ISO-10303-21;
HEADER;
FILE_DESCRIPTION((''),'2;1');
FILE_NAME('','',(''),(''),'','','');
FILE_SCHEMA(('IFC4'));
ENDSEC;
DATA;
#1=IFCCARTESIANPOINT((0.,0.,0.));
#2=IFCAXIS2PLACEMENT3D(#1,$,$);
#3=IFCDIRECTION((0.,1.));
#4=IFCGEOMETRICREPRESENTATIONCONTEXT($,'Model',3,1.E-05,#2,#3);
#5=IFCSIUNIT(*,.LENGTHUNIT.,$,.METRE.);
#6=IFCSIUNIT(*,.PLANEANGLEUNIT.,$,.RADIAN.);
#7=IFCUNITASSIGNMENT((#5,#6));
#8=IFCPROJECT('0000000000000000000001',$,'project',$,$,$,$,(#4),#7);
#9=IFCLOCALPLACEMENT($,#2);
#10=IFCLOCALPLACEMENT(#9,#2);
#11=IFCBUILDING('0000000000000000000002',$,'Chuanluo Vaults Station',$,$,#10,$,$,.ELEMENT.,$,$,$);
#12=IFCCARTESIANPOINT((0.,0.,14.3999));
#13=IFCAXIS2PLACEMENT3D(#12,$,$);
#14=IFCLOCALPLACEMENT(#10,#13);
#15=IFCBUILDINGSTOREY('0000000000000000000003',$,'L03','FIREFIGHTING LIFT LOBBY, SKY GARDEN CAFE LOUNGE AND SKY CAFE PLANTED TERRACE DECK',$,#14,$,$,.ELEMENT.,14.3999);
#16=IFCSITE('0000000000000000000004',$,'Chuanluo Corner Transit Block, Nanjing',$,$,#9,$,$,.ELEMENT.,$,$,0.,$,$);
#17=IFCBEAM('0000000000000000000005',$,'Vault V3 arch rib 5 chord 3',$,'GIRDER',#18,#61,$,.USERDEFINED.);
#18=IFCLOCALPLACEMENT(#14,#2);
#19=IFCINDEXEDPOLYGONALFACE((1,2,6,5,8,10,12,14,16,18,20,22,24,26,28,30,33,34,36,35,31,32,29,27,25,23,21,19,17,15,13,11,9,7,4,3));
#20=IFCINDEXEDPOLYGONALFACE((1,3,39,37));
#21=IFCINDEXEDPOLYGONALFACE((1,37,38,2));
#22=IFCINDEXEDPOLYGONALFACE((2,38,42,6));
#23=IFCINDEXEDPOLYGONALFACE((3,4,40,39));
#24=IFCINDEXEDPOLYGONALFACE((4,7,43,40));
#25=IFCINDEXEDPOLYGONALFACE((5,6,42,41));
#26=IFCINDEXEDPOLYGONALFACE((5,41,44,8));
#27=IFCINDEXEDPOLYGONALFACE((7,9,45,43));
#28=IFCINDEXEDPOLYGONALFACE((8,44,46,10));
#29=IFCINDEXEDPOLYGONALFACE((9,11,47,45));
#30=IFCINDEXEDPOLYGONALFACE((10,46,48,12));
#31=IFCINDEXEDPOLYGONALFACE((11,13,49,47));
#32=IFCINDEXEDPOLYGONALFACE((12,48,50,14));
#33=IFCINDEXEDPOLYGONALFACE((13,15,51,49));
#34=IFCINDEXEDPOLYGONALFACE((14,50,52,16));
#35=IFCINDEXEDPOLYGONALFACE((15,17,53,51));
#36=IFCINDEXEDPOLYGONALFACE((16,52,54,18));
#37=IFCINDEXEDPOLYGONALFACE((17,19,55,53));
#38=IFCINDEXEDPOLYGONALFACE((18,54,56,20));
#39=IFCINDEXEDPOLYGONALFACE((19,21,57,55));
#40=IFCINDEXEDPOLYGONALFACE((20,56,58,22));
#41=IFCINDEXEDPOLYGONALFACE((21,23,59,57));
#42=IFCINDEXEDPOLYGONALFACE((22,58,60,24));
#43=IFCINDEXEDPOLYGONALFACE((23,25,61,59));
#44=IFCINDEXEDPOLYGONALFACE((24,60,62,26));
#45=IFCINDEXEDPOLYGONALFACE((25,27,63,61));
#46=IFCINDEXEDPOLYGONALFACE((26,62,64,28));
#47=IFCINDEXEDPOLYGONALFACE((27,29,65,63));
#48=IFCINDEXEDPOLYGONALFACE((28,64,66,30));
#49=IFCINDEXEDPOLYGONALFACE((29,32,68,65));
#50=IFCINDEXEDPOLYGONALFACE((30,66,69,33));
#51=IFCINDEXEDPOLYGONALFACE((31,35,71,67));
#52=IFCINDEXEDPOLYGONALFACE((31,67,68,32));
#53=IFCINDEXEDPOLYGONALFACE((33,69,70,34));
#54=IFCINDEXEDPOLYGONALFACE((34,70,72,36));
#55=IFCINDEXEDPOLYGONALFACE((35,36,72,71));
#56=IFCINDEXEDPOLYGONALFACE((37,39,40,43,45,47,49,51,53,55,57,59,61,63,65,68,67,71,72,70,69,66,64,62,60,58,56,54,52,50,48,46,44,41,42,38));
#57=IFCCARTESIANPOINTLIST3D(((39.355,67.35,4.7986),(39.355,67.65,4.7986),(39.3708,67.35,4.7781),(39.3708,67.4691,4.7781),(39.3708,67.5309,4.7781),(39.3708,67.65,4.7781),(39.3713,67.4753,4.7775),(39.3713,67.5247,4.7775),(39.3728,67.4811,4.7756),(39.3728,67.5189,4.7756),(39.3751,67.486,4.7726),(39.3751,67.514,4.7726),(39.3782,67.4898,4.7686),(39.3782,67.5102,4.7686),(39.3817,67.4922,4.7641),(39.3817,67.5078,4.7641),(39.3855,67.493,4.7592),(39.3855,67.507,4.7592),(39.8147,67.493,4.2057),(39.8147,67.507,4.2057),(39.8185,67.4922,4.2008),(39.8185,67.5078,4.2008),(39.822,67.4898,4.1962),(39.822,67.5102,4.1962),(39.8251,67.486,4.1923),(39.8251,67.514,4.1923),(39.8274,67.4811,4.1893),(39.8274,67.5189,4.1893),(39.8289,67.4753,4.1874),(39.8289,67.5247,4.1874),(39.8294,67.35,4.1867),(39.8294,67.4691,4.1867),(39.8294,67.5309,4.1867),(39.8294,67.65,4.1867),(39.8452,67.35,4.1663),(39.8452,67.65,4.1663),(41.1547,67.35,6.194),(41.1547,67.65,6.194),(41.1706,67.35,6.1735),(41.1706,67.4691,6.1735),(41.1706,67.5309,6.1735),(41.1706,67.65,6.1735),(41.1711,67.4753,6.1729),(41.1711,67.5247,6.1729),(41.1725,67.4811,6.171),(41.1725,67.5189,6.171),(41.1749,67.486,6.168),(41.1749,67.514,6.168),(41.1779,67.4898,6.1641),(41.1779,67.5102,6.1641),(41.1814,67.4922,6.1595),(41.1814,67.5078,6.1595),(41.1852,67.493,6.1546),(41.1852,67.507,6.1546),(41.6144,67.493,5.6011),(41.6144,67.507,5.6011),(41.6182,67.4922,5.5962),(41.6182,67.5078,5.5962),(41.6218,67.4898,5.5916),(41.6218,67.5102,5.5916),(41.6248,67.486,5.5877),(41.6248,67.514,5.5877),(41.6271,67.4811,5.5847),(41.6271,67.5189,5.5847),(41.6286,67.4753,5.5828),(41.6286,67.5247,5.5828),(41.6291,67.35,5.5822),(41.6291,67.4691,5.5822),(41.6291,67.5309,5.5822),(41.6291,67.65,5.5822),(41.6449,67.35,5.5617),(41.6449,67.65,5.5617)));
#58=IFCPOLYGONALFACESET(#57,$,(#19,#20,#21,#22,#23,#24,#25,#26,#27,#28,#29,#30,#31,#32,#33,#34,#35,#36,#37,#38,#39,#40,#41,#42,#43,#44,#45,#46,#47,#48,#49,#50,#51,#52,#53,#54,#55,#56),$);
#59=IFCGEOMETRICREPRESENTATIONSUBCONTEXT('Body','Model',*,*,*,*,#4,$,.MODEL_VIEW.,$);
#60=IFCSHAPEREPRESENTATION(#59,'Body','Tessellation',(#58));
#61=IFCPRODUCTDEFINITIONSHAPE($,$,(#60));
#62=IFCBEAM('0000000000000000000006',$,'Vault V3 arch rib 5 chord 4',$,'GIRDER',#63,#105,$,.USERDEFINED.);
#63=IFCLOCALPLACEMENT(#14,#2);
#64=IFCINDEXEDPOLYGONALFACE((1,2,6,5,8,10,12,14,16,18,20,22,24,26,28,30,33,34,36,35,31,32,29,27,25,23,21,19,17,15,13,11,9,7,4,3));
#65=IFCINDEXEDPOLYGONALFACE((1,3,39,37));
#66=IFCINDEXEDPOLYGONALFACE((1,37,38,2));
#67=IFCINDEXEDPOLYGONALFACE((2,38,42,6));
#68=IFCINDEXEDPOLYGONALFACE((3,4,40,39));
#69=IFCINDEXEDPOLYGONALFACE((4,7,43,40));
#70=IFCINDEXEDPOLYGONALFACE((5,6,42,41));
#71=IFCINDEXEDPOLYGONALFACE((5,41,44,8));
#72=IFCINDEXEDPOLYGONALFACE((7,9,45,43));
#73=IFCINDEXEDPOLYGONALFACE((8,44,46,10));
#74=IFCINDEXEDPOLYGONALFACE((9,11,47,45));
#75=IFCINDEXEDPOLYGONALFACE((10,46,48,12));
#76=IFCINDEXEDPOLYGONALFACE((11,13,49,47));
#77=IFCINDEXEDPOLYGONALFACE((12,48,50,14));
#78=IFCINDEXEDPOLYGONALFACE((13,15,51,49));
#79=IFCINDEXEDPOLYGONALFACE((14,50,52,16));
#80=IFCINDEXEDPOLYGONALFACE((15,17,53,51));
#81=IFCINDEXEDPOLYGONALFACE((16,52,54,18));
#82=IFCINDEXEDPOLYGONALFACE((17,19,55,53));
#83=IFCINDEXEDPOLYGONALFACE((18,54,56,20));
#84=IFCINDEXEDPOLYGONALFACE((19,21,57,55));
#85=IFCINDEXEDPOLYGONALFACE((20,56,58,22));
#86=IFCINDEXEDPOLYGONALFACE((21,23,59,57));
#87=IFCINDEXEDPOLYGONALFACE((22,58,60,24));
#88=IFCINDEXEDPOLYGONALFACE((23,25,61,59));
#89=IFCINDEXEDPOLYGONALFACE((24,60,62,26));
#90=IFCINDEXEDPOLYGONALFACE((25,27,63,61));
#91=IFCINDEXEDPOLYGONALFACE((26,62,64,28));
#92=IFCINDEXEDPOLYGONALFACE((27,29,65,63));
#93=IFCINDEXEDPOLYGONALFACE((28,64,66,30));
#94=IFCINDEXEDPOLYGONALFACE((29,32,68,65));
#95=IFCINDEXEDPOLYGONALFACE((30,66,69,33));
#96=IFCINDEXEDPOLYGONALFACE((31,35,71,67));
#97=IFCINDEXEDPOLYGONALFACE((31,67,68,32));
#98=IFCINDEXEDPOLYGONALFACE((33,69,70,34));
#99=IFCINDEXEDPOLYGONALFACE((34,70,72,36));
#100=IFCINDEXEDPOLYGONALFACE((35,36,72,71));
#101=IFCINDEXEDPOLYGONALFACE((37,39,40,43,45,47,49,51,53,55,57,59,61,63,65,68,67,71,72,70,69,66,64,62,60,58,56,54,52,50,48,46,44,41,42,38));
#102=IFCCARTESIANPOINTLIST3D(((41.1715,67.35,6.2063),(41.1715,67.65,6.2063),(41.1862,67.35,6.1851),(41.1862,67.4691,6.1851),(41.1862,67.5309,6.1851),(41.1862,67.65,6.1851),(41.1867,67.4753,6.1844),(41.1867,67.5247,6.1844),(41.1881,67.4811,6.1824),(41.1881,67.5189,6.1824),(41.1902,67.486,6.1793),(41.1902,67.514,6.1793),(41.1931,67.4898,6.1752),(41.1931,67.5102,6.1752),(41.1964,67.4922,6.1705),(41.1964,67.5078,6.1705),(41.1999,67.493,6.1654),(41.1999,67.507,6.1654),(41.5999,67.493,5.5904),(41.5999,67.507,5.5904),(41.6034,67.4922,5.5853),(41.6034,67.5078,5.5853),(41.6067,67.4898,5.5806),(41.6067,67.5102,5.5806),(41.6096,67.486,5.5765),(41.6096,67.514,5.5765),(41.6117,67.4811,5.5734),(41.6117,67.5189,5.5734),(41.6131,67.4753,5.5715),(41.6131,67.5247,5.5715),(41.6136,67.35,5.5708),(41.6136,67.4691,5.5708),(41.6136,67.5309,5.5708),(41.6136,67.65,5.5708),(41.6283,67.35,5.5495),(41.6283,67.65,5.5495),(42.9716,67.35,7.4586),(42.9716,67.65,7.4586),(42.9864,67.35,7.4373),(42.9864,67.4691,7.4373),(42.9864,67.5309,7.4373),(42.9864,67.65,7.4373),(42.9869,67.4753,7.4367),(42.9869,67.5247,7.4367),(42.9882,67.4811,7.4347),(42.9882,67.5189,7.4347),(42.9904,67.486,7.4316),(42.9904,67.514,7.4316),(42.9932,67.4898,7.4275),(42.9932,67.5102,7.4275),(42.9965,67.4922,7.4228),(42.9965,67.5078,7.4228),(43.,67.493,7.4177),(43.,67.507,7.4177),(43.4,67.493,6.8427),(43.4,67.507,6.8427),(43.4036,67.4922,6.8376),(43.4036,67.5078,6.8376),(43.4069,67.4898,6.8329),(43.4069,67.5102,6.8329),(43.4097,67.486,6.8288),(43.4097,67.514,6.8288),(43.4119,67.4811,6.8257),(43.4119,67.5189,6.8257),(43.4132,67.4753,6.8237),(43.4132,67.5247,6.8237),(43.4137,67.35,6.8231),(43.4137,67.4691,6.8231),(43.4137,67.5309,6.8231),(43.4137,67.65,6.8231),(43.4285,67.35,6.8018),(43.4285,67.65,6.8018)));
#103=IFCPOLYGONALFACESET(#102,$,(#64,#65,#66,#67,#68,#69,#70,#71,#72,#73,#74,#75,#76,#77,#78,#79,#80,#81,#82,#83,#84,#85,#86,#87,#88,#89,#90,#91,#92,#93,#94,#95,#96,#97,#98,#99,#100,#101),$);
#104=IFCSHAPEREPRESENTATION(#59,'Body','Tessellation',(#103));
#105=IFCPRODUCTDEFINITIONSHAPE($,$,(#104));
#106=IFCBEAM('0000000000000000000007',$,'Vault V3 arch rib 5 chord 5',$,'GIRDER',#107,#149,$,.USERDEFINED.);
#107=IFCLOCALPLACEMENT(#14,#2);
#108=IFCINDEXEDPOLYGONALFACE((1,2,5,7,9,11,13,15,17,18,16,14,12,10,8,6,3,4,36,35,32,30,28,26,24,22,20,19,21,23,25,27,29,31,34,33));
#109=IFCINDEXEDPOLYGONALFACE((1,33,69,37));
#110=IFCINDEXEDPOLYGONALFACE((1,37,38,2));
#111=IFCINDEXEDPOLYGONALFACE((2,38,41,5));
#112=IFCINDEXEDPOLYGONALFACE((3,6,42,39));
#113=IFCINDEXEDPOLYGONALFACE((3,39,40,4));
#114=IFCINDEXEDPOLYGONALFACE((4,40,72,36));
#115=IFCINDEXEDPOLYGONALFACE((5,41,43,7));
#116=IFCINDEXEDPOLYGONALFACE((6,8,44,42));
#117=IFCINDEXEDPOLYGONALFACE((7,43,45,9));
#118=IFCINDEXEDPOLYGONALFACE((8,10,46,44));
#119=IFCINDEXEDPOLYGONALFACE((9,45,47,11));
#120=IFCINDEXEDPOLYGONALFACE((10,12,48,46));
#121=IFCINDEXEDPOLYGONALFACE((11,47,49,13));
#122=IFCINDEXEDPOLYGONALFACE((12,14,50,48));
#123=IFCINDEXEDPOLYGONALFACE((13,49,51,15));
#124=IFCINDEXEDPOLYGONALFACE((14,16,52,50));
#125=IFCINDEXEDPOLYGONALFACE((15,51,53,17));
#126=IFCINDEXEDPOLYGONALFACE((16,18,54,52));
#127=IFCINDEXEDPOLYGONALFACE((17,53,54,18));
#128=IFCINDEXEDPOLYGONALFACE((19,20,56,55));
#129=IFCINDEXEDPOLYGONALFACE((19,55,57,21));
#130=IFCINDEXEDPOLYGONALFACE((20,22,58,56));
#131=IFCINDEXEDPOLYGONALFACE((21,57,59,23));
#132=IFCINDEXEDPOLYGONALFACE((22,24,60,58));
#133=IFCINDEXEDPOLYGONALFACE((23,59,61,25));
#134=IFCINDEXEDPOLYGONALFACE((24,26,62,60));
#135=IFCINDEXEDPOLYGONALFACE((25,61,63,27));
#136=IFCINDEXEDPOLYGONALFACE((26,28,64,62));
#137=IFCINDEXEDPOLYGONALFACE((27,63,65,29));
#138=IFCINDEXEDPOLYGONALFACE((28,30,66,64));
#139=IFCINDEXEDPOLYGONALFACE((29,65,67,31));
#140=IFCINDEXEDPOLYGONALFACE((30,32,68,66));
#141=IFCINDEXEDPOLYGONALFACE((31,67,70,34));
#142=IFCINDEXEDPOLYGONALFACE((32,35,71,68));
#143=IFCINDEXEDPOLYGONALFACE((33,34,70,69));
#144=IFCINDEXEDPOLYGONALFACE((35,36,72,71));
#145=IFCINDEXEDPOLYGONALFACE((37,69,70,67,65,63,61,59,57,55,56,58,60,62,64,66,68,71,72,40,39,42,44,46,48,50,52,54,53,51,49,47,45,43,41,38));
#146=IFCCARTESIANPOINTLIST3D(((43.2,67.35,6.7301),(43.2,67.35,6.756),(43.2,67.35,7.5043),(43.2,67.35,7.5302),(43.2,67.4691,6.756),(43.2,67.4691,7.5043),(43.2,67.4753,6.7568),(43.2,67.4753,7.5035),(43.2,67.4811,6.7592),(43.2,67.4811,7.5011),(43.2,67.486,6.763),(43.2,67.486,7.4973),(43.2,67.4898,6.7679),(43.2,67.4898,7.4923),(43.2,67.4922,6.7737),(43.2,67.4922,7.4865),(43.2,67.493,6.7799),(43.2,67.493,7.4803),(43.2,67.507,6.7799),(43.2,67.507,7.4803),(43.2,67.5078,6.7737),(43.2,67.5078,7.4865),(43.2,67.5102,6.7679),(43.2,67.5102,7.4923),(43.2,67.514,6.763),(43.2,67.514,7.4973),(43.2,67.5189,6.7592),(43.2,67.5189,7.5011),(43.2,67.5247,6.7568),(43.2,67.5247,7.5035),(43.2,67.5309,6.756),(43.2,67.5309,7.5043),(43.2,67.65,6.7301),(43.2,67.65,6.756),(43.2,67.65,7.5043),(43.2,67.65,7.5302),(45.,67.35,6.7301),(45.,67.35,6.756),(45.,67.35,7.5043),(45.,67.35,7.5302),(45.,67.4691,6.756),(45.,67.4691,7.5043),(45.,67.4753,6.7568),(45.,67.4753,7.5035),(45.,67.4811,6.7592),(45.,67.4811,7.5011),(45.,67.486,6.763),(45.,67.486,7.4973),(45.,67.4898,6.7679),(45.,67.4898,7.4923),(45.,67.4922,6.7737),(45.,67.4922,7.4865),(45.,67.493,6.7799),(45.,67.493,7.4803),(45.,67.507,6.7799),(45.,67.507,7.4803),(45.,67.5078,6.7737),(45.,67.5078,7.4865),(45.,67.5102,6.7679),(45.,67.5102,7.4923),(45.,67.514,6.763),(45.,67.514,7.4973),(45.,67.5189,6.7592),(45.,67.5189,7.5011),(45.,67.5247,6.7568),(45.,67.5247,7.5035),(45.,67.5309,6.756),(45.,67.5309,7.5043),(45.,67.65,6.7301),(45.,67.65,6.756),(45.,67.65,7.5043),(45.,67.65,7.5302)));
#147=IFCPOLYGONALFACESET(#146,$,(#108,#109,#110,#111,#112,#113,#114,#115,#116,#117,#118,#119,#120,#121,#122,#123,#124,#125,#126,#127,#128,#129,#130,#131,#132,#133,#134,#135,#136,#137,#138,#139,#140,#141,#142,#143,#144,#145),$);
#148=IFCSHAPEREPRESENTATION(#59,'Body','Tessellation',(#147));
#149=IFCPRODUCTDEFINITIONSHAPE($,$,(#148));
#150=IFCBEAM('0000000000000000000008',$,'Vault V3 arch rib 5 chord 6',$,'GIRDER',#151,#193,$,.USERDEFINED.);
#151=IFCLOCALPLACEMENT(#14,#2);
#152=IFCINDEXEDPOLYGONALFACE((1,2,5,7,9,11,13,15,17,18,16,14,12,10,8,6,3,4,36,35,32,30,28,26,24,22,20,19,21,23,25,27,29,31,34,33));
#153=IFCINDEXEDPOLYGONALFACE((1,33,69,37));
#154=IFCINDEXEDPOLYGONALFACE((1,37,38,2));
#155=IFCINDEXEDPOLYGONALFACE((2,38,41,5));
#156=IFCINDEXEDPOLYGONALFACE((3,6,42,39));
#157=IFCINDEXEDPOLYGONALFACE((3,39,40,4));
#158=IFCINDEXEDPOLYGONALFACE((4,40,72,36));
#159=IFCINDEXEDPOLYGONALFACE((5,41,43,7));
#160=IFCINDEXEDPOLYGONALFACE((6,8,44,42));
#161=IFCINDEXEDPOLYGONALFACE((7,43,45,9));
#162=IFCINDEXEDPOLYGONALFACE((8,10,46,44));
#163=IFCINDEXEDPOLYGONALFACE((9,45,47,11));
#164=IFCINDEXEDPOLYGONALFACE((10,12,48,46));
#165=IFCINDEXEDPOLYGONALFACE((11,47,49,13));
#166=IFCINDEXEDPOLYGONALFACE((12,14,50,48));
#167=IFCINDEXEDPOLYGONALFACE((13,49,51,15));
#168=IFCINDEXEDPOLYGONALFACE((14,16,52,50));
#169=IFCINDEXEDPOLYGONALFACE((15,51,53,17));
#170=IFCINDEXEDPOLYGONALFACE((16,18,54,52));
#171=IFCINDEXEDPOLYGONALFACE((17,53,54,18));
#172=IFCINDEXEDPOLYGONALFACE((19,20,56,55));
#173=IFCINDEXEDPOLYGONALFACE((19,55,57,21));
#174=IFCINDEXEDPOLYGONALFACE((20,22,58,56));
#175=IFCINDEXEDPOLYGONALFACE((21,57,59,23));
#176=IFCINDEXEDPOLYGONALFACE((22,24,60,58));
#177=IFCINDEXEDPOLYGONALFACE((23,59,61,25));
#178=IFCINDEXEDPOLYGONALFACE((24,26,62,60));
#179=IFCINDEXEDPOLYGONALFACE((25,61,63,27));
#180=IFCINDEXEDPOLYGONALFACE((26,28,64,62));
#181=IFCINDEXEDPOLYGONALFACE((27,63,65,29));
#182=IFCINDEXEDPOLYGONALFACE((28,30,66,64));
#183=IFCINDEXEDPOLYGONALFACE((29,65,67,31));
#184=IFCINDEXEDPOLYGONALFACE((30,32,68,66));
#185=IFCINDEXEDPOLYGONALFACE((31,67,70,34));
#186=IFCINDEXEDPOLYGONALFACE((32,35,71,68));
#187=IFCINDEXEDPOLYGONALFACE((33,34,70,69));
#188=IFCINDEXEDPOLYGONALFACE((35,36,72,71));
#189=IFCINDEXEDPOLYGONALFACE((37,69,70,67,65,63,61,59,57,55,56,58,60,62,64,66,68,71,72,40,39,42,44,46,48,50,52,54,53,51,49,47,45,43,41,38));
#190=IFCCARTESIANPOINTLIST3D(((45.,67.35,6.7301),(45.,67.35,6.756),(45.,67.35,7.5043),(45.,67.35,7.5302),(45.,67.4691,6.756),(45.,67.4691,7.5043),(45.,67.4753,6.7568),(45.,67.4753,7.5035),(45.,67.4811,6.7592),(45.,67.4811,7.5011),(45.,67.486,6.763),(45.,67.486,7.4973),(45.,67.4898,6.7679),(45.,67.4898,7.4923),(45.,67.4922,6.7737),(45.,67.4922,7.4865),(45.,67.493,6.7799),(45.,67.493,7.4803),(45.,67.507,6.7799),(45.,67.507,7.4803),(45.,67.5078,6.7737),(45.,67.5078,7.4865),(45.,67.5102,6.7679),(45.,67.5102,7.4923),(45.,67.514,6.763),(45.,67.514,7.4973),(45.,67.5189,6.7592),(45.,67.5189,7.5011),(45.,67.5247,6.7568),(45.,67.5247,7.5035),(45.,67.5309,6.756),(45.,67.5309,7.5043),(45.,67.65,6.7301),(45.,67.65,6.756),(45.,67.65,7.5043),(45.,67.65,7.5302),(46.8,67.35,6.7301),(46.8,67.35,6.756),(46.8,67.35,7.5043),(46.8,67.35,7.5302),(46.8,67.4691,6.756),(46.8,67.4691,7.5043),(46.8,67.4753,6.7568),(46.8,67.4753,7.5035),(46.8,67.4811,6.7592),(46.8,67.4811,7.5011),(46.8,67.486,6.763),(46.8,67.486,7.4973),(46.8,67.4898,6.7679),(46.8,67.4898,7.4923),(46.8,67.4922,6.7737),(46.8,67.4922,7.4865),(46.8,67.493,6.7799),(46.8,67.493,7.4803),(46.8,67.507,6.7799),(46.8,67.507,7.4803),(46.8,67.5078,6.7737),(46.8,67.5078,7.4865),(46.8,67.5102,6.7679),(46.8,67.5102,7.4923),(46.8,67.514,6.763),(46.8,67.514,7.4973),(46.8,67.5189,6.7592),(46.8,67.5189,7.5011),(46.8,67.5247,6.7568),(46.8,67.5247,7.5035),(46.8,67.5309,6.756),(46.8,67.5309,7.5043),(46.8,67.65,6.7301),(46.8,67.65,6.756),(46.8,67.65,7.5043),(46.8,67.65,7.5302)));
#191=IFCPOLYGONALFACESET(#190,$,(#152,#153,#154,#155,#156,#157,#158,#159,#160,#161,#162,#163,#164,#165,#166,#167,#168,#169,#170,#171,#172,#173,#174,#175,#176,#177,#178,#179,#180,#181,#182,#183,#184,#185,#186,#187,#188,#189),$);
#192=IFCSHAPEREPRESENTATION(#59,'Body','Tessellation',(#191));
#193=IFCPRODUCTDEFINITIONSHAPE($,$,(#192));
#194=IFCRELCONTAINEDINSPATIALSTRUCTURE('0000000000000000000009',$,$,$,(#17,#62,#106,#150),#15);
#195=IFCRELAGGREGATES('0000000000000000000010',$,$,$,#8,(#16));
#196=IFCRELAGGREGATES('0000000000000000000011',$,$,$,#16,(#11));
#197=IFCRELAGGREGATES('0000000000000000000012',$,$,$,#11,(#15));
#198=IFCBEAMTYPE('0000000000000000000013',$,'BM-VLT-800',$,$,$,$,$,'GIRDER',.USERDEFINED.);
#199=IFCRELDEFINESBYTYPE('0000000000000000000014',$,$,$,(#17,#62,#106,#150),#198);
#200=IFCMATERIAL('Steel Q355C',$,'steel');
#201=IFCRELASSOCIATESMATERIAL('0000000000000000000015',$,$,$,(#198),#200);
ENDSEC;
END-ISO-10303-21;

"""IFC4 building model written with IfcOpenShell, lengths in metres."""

from ifc_helpers import new_model, si_unit, direction, frame, origin, origin_2d, place, context, subcontext, project, spatial, i_section, extrude, material, material_profile, profile_set, type_object, element, save


model = new_model("IFC4")

# Units and contexts
model_context = context("Model", 3, precision=1e-05, world=origin(), true_north=direction((0.0, 1.0)))
body_context = subcontext(model_context, "Body", "Model", "MODEL_VIEW")
ifc_project = project(units=[si_unit("LENGTHUNIT", "METRE"), si_unit("PLANEANGLEUNIT", "RADIAN")], contexts=[model_context])

# Site, building, storey
site_placement = place(None, origin())
site = spatial("IfcSite", under=ifc_project, at=site_placement, Name="Chuanluo Corner Transit Block, Nanjing", CompositionType="ELEMENT", RefElevation=0.0)
building_placement = place(site_placement, origin())
building = spatial("IfcBuilding", under=site, at=building_placement, Name="Chuanluo Vaults Station", CompositionType="ELEMENT")
storey_placement = place(building_placement, frame((0.0, 0.0, 14.3999)))
storey = spatial("IfcBuildingStorey", under=building, at=storey_placement, Name="L03", Description="FIREFIGHTING LIFT LOBBY, SKY GARDEN CAFE LOUNGE AND SKY CAFE PLANTED TERRACE DECK", CompositionType="ELEMENT", Elevation=14.3999)

# Beams
ifc_material_1 = material(Name="Steel Q355C", Category="steel")
ifc_material_profile_1 = material_profile(ifc_material_1, i_section(OverallWidth=0.3, OverallDepth=0.8, WebThickness=0.0139, FlangeThickness=0.0259, FilletRadius=0.0239, at=origin_2d()))
ifc_profile_set_1 = profile_set([ifc_material_profile_1], Name="Steel Q355C")
beam_type = type_object("IfcBeamType", Name="BM-VLT-800", ElementType="GIRDER", PredefinedType="USERDEFINED", material=ifc_profile_set_1)
beam_1_placement = place(storey_placement, frame((39.6001, 67.5, 4.4824), z_axis=(0.790275, 0.0, 0.612752), x_axis=(0.0, 1.0, 0.0)))
element("IfcBeam", 1, at=beam_1_placement, inside=storey, type_object=beam_type, Name="Vault V3 arch rib 5 chord 3", ObjectType="GIRDER", PredefinedType="USERDEFINED", context=body_context, shape_type="SweptSolid", body=[
    extrude(i_section(OverallWidth=0.3, OverallDepth=0.8, WebThickness=0.0139, FlangeThickness=0.0259, FilletRadius=0.0239, at=origin_2d()), origin(), (0.0, 0.0, 1.0), 2.2773),
])
beam_2_placement = place(storey_placement, frame((41.3999, 67.5, 5.8779), z_axis=(0.820907, 0.0, 0.571061), x_axis=(0.0, 1.0, 0.0)))
element("IfcBeam", 2, at=beam_2_placement, inside=storey, type_object=beam_type, Name="Vault V3 arch rib 5 chord 4", ObjectType="GIRDER", PredefinedType="USERDEFINED", context=body_context, shape_type="SweptSolid", body=[
    extrude(i_section(OverallWidth=0.3, OverallDepth=0.8, WebThickness=0.0139, FlangeThickness=0.0259, FilletRadius=0.0239, at=origin_2d()), origin(), (0.0, 0.0, 1.0), 2.1929),
])
for number, where, z_axis, x_axis, name in (
    (3, (43.2, 67.5, 7.1301), (1.0, 0.0, 0.0), (0.0, 1.0, 0.0), "Vault V3 arch rib 5 chord 5"),
    (4, (45.0, 67.5, 7.1301), (1.0, 0.0, 0.0), (0.0, 1.0, 0.0), "Vault V3 arch rib 5 chord 6"),
):
    element("IfcBeam", number, at=place(storey_placement, frame(where, z_axis=z_axis, x_axis=x_axis)), inside=storey, type_object=beam_type, Name=name, ObjectType="GIRDER", PredefinedType="USERDEFINED", context=body_context, shape_type="SweptSolid", body=[
        extrude(i_section(OverallWidth=0.3, OverallDepth=0.8, WebThickness=0.0139, FlangeThickness=0.0259, FilletRadius=0.0239, at=origin_2d()), origin(), (0.0, 0.0, 1.0), 1.8),
    ])

save(model, "model.ifc")
